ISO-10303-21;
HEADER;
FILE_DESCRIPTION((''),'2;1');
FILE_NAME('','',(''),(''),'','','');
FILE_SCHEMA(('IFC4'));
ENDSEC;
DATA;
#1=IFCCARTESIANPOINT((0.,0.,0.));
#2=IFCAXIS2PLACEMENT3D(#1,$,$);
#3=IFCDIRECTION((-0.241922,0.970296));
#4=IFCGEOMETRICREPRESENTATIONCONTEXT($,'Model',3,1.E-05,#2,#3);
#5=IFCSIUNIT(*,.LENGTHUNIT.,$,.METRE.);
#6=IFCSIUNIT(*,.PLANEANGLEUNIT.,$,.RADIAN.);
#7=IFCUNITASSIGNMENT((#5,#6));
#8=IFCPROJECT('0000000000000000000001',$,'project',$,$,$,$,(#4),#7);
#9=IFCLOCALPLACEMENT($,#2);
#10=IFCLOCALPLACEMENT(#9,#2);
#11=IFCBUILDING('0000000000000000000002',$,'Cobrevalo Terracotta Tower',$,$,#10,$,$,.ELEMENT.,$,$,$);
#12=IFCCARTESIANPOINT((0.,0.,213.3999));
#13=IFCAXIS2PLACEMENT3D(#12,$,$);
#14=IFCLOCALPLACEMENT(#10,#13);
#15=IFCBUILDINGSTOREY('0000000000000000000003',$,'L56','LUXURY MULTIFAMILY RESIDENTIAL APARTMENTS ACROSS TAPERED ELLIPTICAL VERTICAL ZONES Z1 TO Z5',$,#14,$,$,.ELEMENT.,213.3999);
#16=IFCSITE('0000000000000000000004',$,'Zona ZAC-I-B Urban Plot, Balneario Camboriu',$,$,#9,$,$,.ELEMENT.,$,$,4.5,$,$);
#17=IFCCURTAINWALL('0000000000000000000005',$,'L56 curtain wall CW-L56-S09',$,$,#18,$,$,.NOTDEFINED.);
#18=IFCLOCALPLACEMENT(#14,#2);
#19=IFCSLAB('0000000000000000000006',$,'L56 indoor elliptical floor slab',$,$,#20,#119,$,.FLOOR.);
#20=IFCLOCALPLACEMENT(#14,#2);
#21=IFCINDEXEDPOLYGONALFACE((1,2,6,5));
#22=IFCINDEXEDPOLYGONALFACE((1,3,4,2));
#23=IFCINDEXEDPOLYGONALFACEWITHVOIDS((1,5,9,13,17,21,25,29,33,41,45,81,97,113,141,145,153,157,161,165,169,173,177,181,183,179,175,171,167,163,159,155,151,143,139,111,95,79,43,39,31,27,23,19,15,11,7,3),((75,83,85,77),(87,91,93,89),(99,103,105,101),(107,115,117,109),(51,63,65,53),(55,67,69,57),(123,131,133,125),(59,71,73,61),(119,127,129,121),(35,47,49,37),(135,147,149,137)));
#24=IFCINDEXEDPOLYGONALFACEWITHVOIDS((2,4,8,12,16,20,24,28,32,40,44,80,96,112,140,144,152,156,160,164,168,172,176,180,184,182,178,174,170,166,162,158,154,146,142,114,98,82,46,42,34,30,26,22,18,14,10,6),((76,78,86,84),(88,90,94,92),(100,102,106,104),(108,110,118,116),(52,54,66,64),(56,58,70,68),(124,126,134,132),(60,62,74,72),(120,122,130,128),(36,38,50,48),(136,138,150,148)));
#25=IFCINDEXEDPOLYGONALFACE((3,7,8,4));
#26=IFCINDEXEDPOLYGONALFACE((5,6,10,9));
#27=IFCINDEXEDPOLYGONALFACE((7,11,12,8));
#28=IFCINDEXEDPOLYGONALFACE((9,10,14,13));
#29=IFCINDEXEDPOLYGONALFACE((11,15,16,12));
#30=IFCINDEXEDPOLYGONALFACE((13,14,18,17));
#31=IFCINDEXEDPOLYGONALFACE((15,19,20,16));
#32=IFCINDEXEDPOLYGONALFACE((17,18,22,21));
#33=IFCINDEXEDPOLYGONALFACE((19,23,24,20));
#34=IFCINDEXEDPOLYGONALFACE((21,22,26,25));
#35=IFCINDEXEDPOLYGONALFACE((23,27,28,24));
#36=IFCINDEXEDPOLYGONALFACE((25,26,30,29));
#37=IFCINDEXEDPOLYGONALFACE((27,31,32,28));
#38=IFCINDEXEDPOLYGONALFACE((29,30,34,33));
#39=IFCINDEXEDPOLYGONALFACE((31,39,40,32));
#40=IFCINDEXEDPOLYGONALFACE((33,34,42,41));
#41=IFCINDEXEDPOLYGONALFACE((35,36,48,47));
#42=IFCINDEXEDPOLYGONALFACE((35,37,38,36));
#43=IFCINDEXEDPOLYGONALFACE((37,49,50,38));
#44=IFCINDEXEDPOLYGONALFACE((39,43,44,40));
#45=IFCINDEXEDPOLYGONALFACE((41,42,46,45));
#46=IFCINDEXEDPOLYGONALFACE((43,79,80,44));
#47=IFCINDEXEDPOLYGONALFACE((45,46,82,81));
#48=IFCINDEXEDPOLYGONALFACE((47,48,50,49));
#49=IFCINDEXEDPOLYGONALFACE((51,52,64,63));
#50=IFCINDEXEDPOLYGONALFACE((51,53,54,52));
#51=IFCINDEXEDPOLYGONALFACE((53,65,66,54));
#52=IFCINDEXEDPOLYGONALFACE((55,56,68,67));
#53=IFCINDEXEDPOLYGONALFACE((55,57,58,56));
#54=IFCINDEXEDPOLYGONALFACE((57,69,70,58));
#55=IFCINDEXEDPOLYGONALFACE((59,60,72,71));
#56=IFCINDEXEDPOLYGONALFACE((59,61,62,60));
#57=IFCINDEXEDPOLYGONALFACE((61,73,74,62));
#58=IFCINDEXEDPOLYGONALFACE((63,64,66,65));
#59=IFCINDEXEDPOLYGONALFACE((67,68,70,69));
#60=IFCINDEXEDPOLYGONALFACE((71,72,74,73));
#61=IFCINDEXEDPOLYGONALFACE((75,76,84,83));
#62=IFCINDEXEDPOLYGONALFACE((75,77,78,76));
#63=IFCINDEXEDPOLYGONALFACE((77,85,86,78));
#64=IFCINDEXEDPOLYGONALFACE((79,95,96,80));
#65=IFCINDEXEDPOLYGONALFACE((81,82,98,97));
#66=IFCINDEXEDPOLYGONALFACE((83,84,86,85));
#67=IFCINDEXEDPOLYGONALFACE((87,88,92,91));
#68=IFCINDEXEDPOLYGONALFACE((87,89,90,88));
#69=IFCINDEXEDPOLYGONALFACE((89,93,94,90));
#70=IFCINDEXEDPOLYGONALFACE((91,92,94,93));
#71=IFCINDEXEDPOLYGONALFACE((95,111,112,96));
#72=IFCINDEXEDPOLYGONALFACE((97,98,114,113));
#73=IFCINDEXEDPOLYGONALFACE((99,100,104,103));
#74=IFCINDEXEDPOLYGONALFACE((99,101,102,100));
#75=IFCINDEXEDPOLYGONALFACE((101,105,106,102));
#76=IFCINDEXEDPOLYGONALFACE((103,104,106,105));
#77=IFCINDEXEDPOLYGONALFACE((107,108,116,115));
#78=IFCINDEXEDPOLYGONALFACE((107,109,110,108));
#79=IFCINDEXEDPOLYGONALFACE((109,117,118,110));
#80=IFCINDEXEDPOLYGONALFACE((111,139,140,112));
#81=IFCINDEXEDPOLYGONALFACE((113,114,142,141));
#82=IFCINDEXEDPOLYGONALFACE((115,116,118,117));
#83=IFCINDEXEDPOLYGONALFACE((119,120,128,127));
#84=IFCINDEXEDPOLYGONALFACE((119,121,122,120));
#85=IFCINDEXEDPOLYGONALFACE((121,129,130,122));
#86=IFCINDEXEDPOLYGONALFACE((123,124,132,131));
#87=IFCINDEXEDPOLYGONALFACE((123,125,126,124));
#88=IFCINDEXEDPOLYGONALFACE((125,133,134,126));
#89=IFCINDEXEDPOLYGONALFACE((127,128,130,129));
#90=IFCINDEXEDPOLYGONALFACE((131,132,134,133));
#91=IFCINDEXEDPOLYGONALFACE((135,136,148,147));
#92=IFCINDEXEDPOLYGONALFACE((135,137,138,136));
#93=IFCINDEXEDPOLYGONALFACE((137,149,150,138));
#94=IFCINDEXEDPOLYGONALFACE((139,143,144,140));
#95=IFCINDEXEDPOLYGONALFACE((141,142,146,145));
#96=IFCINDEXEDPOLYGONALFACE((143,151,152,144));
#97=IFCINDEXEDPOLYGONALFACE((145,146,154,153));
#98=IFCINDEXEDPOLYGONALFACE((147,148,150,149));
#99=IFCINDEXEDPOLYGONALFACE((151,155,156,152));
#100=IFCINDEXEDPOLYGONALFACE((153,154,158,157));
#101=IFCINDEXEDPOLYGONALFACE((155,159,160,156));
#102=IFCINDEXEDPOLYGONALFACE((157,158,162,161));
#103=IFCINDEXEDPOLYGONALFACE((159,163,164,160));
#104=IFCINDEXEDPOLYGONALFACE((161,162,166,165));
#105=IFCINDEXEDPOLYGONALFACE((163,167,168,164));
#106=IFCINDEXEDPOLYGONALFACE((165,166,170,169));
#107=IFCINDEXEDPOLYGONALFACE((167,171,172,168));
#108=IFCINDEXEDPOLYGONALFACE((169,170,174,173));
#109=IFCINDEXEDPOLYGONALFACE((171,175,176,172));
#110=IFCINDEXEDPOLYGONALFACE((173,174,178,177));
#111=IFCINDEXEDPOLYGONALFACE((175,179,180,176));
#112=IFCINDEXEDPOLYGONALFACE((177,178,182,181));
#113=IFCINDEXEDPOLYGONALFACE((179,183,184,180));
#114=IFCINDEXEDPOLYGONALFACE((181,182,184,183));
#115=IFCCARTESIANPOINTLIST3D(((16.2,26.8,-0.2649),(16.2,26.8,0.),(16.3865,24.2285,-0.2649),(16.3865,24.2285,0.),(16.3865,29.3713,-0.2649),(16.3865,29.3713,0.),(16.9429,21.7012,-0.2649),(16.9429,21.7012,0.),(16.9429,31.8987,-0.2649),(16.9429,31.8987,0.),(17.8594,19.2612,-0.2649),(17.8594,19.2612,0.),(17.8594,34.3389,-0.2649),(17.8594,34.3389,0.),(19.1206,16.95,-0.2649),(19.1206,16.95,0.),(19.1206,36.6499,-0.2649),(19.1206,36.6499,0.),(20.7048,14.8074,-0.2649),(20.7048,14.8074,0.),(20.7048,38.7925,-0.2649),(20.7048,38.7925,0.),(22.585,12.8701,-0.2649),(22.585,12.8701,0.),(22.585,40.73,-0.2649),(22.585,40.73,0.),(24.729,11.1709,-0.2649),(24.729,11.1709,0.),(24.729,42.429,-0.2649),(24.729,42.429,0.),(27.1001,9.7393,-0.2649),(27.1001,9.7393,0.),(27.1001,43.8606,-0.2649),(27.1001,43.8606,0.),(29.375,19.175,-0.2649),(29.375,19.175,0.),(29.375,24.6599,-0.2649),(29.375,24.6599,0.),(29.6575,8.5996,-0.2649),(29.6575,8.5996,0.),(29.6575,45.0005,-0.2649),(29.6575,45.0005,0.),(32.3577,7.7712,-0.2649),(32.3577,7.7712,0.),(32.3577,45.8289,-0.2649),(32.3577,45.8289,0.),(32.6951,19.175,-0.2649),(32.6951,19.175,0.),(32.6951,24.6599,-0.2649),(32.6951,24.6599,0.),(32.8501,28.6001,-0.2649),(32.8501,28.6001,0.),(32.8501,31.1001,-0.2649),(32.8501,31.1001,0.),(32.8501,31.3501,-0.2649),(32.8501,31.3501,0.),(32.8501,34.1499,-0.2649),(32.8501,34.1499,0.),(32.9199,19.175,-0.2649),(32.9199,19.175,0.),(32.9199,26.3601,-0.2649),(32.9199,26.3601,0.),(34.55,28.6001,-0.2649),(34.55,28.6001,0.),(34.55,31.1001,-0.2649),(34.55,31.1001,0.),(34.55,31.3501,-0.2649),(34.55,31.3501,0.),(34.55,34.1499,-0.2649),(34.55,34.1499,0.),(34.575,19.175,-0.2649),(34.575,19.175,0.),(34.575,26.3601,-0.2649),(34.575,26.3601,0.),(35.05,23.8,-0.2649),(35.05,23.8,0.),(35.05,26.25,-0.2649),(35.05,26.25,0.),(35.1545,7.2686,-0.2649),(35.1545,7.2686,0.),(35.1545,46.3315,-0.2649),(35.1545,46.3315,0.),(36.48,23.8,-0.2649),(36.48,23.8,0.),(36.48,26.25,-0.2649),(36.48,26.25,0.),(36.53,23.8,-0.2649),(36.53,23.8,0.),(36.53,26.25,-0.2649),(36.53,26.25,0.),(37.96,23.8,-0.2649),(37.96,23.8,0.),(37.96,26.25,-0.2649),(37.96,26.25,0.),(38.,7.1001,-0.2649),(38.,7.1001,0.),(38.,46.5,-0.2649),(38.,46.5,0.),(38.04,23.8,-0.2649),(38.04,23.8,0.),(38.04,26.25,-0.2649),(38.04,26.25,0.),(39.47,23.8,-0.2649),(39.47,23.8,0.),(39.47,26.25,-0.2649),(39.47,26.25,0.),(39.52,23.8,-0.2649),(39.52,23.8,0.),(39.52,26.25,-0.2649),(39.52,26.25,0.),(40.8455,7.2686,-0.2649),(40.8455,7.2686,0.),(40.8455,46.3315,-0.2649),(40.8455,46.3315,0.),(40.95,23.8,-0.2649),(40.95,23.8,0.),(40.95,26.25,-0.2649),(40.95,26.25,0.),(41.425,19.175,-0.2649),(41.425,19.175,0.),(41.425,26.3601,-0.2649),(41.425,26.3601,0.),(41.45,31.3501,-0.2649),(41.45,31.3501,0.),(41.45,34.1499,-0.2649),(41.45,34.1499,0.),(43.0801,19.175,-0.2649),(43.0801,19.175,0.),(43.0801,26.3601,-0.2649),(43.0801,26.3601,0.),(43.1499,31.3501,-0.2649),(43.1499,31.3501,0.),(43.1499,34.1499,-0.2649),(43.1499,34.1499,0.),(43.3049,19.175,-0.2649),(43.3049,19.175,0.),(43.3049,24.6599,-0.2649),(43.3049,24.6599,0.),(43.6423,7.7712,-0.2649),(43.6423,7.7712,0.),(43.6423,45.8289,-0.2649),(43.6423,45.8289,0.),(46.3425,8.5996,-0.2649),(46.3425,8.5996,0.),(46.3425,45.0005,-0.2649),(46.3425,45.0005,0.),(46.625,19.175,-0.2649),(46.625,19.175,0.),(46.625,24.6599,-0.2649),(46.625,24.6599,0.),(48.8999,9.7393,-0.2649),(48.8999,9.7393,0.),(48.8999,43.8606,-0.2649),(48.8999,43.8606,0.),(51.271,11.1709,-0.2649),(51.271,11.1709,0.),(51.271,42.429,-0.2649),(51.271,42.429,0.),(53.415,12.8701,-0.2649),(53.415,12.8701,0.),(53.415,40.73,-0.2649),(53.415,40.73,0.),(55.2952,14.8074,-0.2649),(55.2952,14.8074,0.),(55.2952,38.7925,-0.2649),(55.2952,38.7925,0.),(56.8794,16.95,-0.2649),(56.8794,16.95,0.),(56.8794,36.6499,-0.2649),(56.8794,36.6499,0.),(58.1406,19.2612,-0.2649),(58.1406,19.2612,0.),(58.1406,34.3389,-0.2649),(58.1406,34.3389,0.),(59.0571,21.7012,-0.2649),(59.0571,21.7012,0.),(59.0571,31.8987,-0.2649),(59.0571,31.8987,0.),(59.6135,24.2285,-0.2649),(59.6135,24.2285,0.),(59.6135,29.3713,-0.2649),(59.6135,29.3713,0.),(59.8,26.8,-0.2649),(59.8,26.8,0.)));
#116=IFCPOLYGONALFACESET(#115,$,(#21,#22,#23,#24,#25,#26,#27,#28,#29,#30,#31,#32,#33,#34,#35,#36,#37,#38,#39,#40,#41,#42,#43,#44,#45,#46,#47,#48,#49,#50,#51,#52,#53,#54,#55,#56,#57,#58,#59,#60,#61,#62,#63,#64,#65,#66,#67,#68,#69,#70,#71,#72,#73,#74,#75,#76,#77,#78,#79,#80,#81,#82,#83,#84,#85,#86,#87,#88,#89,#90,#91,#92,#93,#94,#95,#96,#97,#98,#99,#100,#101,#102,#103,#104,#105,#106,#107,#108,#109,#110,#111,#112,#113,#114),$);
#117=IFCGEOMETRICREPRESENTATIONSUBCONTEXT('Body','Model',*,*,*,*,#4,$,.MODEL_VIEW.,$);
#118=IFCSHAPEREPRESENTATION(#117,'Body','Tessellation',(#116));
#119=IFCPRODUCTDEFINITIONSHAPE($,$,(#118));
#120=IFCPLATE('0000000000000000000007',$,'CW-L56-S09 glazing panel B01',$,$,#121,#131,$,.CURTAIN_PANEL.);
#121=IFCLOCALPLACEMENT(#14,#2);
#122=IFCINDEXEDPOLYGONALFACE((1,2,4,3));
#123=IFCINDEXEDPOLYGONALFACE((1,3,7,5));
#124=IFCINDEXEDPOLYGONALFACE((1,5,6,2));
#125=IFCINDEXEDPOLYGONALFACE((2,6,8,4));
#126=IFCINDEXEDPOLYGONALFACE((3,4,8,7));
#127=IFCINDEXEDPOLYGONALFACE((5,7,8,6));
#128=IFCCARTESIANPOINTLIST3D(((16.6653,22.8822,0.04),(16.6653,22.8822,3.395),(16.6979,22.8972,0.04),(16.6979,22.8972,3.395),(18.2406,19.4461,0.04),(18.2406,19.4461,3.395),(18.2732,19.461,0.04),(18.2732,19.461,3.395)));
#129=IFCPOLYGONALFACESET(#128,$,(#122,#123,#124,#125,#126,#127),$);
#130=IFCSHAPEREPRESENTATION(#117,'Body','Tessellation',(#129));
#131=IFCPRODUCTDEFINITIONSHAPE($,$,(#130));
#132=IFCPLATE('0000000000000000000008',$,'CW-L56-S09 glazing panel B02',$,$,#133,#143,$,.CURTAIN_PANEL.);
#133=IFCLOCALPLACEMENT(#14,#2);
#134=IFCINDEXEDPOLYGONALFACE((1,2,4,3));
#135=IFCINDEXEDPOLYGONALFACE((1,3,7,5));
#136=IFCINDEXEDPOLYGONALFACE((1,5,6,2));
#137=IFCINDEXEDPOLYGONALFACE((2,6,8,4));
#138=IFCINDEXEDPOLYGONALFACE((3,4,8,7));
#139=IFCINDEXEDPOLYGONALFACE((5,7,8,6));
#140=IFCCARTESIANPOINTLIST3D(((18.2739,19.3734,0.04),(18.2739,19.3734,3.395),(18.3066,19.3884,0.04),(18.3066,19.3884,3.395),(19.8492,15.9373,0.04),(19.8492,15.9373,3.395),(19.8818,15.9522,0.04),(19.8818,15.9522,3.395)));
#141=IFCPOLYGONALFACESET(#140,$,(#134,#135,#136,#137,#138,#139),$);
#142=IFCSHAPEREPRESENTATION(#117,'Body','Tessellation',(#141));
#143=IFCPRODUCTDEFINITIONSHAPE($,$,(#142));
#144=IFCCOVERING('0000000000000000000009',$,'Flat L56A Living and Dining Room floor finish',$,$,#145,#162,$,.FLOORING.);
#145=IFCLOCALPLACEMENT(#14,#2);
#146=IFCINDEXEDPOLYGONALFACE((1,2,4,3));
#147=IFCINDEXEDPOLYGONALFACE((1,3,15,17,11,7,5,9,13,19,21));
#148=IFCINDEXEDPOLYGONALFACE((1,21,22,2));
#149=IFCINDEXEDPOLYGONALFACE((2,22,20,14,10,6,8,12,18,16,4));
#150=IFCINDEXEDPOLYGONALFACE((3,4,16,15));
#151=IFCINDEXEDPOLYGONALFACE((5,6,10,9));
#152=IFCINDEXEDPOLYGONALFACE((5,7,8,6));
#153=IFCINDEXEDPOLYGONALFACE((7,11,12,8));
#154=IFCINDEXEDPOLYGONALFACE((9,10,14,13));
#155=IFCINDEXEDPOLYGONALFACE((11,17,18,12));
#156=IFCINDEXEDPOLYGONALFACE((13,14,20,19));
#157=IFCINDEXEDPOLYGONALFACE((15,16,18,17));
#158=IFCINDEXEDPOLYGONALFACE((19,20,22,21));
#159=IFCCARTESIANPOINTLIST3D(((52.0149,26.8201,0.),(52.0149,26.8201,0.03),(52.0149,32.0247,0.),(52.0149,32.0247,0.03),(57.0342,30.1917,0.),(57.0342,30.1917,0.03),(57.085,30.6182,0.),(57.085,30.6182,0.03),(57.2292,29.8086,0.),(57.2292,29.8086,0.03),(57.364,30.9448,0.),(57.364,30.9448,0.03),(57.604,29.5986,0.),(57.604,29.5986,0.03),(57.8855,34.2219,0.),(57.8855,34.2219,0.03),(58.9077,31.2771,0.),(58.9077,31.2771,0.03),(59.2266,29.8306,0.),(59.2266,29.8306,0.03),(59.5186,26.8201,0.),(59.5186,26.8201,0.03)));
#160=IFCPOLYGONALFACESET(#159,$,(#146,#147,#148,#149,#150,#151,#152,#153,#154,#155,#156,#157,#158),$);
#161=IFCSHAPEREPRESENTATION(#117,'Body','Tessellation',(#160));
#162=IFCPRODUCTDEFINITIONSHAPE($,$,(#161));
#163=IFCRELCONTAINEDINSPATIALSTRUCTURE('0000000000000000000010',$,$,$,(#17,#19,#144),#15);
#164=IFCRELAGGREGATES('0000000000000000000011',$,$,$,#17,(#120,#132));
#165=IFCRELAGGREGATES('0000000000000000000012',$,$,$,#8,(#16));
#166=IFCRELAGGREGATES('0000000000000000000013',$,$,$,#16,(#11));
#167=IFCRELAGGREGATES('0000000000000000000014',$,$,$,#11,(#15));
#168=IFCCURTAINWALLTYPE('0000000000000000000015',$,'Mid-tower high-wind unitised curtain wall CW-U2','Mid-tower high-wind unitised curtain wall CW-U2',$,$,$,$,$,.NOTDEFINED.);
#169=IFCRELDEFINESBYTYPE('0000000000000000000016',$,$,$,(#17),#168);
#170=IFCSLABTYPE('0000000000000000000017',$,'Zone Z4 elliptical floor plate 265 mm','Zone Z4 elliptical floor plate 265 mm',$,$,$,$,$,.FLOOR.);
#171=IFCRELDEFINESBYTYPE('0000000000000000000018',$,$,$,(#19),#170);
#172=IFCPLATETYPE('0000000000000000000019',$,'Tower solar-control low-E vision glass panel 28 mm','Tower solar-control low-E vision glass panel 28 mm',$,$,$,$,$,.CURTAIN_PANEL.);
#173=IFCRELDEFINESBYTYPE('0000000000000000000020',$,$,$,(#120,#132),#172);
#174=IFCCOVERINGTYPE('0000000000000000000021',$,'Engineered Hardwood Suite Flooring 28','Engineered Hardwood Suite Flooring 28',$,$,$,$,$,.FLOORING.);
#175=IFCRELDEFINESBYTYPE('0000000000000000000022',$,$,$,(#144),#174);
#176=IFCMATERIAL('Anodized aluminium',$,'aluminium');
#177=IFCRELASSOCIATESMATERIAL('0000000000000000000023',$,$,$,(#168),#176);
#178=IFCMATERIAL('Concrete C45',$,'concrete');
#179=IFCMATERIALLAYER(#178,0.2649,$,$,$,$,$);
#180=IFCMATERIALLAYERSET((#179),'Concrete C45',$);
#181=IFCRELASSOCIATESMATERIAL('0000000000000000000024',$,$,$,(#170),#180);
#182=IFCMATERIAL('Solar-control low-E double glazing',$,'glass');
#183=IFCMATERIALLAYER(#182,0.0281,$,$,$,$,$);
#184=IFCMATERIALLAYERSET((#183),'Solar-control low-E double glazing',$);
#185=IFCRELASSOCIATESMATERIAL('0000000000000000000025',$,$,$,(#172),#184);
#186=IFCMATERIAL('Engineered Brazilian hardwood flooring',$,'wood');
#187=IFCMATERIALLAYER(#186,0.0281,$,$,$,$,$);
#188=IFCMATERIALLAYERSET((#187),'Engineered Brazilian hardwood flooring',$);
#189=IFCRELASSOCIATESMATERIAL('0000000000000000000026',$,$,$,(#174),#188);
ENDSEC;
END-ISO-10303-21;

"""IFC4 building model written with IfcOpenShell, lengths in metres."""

from ifc_helpers import new_model, si_unit, direction, frame, origin, origin_2d, place, context, subcontext, project, spatial, polyline, rectangle, outline, extrude, source, transform, mapped, material, layer, layer_set, type_object, element, aggregate, save


model = new_model("IFC4")

# Units and contexts
model_context = context("Model", 3, precision=1e-05, world=origin(), true_north=direction((-0.241922, 0.970296)))
body_context = subcontext(model_context, "Body", "Model", "MODEL_VIEW")
ifc_project = project(units=[si_unit("LENGTHUNIT", "METRE"), si_unit("PLANEANGLEUNIT", "RADIAN")], contexts=[model_context])

# Site, building, storey
site_placement = place(None, origin())
site = spatial("IfcSite", under=ifc_project, at=site_placement, Name="Zona ZAC-I-B Urban Plot, Balneario Camboriu", CompositionType="ELEMENT", RefElevation=4.5)
building_placement = place(site_placement, origin())
building = spatial("IfcBuilding", under=site, at=building_placement, Name="Cobrevalo Terracotta Tower", CompositionType="ELEMENT")
storey_placement = place(building_placement, frame((0.0, 0.0, 213.3999)))
storey = spatial("IfcBuildingStorey", under=building, at=storey_placement, Name="L56", Description="LUXURY MULTIFAMILY RESIDENTIAL APARTMENTS ACROSS TAPERED ELLIPTICAL VERTICAL ZONES Z1 TO Z5", CompositionType="ELEMENT", Elevation=213.3999)

# Curtain wall
ifc_material_1 = material(Name="Anodized aluminium", Category="aluminium")
curtain_wall_type = type_object("IfcCurtainWallType", Name="Mid-tower high-wind unitised curtain wall CW-U2", Description="Mid-tower high-wind unitised curtain wall CW-U2", PredefinedType="NOTDEFINED", material=ifc_material_1)
curtain_wall_1_placement = place(storey_placement, origin())
curtain_wall_1 = element("IfcCurtainWall", 1, at=curtain_wall_1_placement, inside=storey, type_object=curtain_wall_type, Name="L56 curtain wall CW-L56-S09", PredefinedType="NOTDEFINED")

# Slab
ifc_material_2 = material(Name="Concrete C45", Category="concrete")
ifc_layer_1 = layer(ifc_material_2, 0.2649)
ifc_layer_set_1 = layer_set([ifc_layer_1], Name="Concrete C45")
slab_type_1 = type_object("IfcSlabType", Name="Zone Z4 elliptical floor plate 265 mm", Description="Zone Z4 elliptical floor plate 265 mm", PredefinedType="FLOOR", material=ifc_layer_set_1)
slab_1_placement = place(storey_placement, frame((0.0, 0.0, -0.2649)))
element("IfcSlab", 2, at=slab_1_placement, inside=storey, type_object=slab_type_1, Name="L56 indoor elliptical floor slab", PredefinedType="FLOOR", context=body_context, shape_type="SweptSolid", body=[
    extrude(outline(polyline([(59.6135, 24.2285), (59.0571, 21.7012), (58.1406, 19.2612), (56.8794, 16.95), (55.2952, 14.8074), (53.415, 12.8701), (51.271, 11.1709), (48.8999, 9.7393), (46.3425, 8.5996), (43.6423, 7.7712), (40.8455, 7.2686), (38.0, 7.1001), (35.1545, 7.2686), (32.3577, 7.7712), (29.6575, 8.5996), (27.1001, 9.7393), (24.729, 11.1709), (22.585, 12.8701), (20.7048, 14.8074), (19.1206, 16.95), (17.8594, 19.2612), (16.9429, 21.7012), (16.3865, 24.2285), (16.2, 26.8), (16.3865, 29.3713), (16.9429, 31.8987), (17.8594, 34.3389), (19.1206, 36.6499), (20.7048, 38.7925), (22.585, 40.73), (24.729, 42.429), (27.1001, 43.8606), (29.6575, 45.0005), (32.3577, 45.8289), (35.1545, 46.3315), (38.0, 46.5), (40.8455, 46.3315), (43.6423, 45.8289), (46.3425, 45.0005), (48.8999, 43.8606), (51.271, 42.429), (53.415, 40.73), (55.2952, 38.7925), (56.8794, 36.6499), (58.1406, 34.3389), (59.0571, 31.8987), (59.6135, 29.3713), (59.8, 26.8), (59.6135, 24.2285)]), holes=[polyline([(32.6951, 19.175), (32.6951, 24.6599), (29.375, 24.6599), (29.375, 19.175), (32.6951, 19.175)]), polyline([(34.575, 26.3601), (32.9199, 26.3601), (32.9199, 19.175), (34.575, 19.175), (34.575, 26.3601)]), polyline([(36.48, 26.25), (35.05, 26.25), (35.05, 23.8), (36.48, 23.8), (36.48, 26.25)]), polyline([(37.96, 23.8), (37.96, 26.25), (36.53, 26.25), (36.53, 23.8), (37.96, 23.8)]), polyline([(34.55, 28.6001), (34.55, 31.1001), (32.8501, 31.1001), (32.8501, 28.6001), (34.55, 28.6001)]), polyline([(34.55, 34.1499), (32.8501, 34.1499), (32.8501, 31.3501), (34.55, 31.3501), (34.55, 34.1499)]), polyline([(43.3049, 19.175), (46.625, 19.175), (46.625, 24.6599), (43.3049, 24.6599), (43.3049, 19.175)]), polyline([(43.0801, 19.175), (43.0801, 26.3601), (41.425, 26.3601), (41.425, 19.175), (43.0801, 19.175)]), polyline([(39.47, 26.25), (38.04, 26.25), (38.04, 23.8), (39.47, 23.8), (39.47, 26.25)]), polyline([(40.95, 23.8), (40.95, 26.25), (39.52, 26.25), (39.52, 23.8), (40.95, 23.8)]), polyline([(43.1499, 31.3501), (43.1499, 34.1499), (41.45, 34.1499), (41.45, 31.3501), (43.1499, 31.3501)])]), origin(), (0.0, 0.0, 1.0), 0.2649),
])

# Plates
ifc_material_3 = material(Name="Solar-control low-E double glazing", Category="glass")
ifc_layer_2 = layer(ifc_material_3, 0.0281)
ifc_layer_set_2 = layer_set([ifc_layer_2], Name="Solar-control low-E double glazing")
plate_type = type_object("IfcPlateType", Name="Tower solar-control low-E vision glass panel 28 mm", Description="Tower solar-control low-E vision glass panel 28 mm", PredefinedType="CURTAIN_PANEL", material=ifc_layer_set_2)
shared_shape_1 = source(origin(), body_context, "Body", "SweptSolid", [
    extrude(rectangle(XDim=3.78, YDim=0.0359, at=origin_2d()), origin(), (0.0, 0.0, 1.0), 3.355),
])
plate_1_placement = place(storey_placement, frame((17.4692, 21.1716, 0.04), z_axis=(0.0, 0.0, 1.0), x_axis=(0.416731, -0.90903, 0.0)))
plate_1 = element("IfcPlate", 3, at=plate_1_placement, type_object=plate_type, Name="CW-L56-S09 glazing panel B01", PredefinedType="CURTAIN_PANEL", context=body_context, shape_type="MappedRepresentation", body=[
    mapped(shared_shape_1, transform((0.0, 0.0, 0.0), scale=1.0)),
])
plate_2_placement = place(storey_placement, frame((19.0779, 17.6628, 0.04), z_axis=(0.0, 0.0, 1.0), x_axis=(0.416731, -0.90903, 0.0)))
plate_2 = element("IfcPlate", 4, at=plate_2_placement, type_object=plate_type, Name="CW-L56-S09 glazing panel B02", PredefinedType="CURTAIN_PANEL", context=body_context, shape_type="MappedRepresentation", body=[
    mapped(shared_shape_1, transform((0.0, 0.0, 0.0), scale=1.0)),
])
aggregate(curtain_wall_1, [plate_1, plate_2])

# Covering
ifc_material_4 = material(Name="Engineered Brazilian hardwood flooring", Category="wood")
ifc_layer_3 = layer(ifc_material_4, 0.0281)
ifc_layer_set_3 = layer_set([ifc_layer_3], Name="Engineered Brazilian hardwood flooring")
covering_type_1 = type_object("IfcCoveringType", Name="Engineered Hardwood Suite Flooring 28", Description="Engineered Hardwood Suite Flooring 28", PredefinedType="FLOORING", material=ifc_layer_set_3)
covering_1_placement = place(storey_placement, origin())
element("IfcCovering", 5, at=covering_1_placement, inside=storey, type_object=covering_type_1, Name="Flat L56A Living and Dining Room floor finish", PredefinedType="FLOORING", context=body_context, shape_type="SweptSolid", body=[
    extrude(outline(polyline([(57.8855, 34.2219), (58.9077, 31.2771), (57.364, 30.9448), (57.085, 30.6182), (57.0342, 30.1917), (57.2292, 29.8086), (57.604, 29.5986), (59.2266, 29.8306), (59.5186, 26.8201), (52.0149, 26.8201), (52.0149, 32.0247), (57.8855, 34.2219)])), origin(), (0.0, 0.0, 1.0), 0.03),
])

save(model, "model.ifc")
